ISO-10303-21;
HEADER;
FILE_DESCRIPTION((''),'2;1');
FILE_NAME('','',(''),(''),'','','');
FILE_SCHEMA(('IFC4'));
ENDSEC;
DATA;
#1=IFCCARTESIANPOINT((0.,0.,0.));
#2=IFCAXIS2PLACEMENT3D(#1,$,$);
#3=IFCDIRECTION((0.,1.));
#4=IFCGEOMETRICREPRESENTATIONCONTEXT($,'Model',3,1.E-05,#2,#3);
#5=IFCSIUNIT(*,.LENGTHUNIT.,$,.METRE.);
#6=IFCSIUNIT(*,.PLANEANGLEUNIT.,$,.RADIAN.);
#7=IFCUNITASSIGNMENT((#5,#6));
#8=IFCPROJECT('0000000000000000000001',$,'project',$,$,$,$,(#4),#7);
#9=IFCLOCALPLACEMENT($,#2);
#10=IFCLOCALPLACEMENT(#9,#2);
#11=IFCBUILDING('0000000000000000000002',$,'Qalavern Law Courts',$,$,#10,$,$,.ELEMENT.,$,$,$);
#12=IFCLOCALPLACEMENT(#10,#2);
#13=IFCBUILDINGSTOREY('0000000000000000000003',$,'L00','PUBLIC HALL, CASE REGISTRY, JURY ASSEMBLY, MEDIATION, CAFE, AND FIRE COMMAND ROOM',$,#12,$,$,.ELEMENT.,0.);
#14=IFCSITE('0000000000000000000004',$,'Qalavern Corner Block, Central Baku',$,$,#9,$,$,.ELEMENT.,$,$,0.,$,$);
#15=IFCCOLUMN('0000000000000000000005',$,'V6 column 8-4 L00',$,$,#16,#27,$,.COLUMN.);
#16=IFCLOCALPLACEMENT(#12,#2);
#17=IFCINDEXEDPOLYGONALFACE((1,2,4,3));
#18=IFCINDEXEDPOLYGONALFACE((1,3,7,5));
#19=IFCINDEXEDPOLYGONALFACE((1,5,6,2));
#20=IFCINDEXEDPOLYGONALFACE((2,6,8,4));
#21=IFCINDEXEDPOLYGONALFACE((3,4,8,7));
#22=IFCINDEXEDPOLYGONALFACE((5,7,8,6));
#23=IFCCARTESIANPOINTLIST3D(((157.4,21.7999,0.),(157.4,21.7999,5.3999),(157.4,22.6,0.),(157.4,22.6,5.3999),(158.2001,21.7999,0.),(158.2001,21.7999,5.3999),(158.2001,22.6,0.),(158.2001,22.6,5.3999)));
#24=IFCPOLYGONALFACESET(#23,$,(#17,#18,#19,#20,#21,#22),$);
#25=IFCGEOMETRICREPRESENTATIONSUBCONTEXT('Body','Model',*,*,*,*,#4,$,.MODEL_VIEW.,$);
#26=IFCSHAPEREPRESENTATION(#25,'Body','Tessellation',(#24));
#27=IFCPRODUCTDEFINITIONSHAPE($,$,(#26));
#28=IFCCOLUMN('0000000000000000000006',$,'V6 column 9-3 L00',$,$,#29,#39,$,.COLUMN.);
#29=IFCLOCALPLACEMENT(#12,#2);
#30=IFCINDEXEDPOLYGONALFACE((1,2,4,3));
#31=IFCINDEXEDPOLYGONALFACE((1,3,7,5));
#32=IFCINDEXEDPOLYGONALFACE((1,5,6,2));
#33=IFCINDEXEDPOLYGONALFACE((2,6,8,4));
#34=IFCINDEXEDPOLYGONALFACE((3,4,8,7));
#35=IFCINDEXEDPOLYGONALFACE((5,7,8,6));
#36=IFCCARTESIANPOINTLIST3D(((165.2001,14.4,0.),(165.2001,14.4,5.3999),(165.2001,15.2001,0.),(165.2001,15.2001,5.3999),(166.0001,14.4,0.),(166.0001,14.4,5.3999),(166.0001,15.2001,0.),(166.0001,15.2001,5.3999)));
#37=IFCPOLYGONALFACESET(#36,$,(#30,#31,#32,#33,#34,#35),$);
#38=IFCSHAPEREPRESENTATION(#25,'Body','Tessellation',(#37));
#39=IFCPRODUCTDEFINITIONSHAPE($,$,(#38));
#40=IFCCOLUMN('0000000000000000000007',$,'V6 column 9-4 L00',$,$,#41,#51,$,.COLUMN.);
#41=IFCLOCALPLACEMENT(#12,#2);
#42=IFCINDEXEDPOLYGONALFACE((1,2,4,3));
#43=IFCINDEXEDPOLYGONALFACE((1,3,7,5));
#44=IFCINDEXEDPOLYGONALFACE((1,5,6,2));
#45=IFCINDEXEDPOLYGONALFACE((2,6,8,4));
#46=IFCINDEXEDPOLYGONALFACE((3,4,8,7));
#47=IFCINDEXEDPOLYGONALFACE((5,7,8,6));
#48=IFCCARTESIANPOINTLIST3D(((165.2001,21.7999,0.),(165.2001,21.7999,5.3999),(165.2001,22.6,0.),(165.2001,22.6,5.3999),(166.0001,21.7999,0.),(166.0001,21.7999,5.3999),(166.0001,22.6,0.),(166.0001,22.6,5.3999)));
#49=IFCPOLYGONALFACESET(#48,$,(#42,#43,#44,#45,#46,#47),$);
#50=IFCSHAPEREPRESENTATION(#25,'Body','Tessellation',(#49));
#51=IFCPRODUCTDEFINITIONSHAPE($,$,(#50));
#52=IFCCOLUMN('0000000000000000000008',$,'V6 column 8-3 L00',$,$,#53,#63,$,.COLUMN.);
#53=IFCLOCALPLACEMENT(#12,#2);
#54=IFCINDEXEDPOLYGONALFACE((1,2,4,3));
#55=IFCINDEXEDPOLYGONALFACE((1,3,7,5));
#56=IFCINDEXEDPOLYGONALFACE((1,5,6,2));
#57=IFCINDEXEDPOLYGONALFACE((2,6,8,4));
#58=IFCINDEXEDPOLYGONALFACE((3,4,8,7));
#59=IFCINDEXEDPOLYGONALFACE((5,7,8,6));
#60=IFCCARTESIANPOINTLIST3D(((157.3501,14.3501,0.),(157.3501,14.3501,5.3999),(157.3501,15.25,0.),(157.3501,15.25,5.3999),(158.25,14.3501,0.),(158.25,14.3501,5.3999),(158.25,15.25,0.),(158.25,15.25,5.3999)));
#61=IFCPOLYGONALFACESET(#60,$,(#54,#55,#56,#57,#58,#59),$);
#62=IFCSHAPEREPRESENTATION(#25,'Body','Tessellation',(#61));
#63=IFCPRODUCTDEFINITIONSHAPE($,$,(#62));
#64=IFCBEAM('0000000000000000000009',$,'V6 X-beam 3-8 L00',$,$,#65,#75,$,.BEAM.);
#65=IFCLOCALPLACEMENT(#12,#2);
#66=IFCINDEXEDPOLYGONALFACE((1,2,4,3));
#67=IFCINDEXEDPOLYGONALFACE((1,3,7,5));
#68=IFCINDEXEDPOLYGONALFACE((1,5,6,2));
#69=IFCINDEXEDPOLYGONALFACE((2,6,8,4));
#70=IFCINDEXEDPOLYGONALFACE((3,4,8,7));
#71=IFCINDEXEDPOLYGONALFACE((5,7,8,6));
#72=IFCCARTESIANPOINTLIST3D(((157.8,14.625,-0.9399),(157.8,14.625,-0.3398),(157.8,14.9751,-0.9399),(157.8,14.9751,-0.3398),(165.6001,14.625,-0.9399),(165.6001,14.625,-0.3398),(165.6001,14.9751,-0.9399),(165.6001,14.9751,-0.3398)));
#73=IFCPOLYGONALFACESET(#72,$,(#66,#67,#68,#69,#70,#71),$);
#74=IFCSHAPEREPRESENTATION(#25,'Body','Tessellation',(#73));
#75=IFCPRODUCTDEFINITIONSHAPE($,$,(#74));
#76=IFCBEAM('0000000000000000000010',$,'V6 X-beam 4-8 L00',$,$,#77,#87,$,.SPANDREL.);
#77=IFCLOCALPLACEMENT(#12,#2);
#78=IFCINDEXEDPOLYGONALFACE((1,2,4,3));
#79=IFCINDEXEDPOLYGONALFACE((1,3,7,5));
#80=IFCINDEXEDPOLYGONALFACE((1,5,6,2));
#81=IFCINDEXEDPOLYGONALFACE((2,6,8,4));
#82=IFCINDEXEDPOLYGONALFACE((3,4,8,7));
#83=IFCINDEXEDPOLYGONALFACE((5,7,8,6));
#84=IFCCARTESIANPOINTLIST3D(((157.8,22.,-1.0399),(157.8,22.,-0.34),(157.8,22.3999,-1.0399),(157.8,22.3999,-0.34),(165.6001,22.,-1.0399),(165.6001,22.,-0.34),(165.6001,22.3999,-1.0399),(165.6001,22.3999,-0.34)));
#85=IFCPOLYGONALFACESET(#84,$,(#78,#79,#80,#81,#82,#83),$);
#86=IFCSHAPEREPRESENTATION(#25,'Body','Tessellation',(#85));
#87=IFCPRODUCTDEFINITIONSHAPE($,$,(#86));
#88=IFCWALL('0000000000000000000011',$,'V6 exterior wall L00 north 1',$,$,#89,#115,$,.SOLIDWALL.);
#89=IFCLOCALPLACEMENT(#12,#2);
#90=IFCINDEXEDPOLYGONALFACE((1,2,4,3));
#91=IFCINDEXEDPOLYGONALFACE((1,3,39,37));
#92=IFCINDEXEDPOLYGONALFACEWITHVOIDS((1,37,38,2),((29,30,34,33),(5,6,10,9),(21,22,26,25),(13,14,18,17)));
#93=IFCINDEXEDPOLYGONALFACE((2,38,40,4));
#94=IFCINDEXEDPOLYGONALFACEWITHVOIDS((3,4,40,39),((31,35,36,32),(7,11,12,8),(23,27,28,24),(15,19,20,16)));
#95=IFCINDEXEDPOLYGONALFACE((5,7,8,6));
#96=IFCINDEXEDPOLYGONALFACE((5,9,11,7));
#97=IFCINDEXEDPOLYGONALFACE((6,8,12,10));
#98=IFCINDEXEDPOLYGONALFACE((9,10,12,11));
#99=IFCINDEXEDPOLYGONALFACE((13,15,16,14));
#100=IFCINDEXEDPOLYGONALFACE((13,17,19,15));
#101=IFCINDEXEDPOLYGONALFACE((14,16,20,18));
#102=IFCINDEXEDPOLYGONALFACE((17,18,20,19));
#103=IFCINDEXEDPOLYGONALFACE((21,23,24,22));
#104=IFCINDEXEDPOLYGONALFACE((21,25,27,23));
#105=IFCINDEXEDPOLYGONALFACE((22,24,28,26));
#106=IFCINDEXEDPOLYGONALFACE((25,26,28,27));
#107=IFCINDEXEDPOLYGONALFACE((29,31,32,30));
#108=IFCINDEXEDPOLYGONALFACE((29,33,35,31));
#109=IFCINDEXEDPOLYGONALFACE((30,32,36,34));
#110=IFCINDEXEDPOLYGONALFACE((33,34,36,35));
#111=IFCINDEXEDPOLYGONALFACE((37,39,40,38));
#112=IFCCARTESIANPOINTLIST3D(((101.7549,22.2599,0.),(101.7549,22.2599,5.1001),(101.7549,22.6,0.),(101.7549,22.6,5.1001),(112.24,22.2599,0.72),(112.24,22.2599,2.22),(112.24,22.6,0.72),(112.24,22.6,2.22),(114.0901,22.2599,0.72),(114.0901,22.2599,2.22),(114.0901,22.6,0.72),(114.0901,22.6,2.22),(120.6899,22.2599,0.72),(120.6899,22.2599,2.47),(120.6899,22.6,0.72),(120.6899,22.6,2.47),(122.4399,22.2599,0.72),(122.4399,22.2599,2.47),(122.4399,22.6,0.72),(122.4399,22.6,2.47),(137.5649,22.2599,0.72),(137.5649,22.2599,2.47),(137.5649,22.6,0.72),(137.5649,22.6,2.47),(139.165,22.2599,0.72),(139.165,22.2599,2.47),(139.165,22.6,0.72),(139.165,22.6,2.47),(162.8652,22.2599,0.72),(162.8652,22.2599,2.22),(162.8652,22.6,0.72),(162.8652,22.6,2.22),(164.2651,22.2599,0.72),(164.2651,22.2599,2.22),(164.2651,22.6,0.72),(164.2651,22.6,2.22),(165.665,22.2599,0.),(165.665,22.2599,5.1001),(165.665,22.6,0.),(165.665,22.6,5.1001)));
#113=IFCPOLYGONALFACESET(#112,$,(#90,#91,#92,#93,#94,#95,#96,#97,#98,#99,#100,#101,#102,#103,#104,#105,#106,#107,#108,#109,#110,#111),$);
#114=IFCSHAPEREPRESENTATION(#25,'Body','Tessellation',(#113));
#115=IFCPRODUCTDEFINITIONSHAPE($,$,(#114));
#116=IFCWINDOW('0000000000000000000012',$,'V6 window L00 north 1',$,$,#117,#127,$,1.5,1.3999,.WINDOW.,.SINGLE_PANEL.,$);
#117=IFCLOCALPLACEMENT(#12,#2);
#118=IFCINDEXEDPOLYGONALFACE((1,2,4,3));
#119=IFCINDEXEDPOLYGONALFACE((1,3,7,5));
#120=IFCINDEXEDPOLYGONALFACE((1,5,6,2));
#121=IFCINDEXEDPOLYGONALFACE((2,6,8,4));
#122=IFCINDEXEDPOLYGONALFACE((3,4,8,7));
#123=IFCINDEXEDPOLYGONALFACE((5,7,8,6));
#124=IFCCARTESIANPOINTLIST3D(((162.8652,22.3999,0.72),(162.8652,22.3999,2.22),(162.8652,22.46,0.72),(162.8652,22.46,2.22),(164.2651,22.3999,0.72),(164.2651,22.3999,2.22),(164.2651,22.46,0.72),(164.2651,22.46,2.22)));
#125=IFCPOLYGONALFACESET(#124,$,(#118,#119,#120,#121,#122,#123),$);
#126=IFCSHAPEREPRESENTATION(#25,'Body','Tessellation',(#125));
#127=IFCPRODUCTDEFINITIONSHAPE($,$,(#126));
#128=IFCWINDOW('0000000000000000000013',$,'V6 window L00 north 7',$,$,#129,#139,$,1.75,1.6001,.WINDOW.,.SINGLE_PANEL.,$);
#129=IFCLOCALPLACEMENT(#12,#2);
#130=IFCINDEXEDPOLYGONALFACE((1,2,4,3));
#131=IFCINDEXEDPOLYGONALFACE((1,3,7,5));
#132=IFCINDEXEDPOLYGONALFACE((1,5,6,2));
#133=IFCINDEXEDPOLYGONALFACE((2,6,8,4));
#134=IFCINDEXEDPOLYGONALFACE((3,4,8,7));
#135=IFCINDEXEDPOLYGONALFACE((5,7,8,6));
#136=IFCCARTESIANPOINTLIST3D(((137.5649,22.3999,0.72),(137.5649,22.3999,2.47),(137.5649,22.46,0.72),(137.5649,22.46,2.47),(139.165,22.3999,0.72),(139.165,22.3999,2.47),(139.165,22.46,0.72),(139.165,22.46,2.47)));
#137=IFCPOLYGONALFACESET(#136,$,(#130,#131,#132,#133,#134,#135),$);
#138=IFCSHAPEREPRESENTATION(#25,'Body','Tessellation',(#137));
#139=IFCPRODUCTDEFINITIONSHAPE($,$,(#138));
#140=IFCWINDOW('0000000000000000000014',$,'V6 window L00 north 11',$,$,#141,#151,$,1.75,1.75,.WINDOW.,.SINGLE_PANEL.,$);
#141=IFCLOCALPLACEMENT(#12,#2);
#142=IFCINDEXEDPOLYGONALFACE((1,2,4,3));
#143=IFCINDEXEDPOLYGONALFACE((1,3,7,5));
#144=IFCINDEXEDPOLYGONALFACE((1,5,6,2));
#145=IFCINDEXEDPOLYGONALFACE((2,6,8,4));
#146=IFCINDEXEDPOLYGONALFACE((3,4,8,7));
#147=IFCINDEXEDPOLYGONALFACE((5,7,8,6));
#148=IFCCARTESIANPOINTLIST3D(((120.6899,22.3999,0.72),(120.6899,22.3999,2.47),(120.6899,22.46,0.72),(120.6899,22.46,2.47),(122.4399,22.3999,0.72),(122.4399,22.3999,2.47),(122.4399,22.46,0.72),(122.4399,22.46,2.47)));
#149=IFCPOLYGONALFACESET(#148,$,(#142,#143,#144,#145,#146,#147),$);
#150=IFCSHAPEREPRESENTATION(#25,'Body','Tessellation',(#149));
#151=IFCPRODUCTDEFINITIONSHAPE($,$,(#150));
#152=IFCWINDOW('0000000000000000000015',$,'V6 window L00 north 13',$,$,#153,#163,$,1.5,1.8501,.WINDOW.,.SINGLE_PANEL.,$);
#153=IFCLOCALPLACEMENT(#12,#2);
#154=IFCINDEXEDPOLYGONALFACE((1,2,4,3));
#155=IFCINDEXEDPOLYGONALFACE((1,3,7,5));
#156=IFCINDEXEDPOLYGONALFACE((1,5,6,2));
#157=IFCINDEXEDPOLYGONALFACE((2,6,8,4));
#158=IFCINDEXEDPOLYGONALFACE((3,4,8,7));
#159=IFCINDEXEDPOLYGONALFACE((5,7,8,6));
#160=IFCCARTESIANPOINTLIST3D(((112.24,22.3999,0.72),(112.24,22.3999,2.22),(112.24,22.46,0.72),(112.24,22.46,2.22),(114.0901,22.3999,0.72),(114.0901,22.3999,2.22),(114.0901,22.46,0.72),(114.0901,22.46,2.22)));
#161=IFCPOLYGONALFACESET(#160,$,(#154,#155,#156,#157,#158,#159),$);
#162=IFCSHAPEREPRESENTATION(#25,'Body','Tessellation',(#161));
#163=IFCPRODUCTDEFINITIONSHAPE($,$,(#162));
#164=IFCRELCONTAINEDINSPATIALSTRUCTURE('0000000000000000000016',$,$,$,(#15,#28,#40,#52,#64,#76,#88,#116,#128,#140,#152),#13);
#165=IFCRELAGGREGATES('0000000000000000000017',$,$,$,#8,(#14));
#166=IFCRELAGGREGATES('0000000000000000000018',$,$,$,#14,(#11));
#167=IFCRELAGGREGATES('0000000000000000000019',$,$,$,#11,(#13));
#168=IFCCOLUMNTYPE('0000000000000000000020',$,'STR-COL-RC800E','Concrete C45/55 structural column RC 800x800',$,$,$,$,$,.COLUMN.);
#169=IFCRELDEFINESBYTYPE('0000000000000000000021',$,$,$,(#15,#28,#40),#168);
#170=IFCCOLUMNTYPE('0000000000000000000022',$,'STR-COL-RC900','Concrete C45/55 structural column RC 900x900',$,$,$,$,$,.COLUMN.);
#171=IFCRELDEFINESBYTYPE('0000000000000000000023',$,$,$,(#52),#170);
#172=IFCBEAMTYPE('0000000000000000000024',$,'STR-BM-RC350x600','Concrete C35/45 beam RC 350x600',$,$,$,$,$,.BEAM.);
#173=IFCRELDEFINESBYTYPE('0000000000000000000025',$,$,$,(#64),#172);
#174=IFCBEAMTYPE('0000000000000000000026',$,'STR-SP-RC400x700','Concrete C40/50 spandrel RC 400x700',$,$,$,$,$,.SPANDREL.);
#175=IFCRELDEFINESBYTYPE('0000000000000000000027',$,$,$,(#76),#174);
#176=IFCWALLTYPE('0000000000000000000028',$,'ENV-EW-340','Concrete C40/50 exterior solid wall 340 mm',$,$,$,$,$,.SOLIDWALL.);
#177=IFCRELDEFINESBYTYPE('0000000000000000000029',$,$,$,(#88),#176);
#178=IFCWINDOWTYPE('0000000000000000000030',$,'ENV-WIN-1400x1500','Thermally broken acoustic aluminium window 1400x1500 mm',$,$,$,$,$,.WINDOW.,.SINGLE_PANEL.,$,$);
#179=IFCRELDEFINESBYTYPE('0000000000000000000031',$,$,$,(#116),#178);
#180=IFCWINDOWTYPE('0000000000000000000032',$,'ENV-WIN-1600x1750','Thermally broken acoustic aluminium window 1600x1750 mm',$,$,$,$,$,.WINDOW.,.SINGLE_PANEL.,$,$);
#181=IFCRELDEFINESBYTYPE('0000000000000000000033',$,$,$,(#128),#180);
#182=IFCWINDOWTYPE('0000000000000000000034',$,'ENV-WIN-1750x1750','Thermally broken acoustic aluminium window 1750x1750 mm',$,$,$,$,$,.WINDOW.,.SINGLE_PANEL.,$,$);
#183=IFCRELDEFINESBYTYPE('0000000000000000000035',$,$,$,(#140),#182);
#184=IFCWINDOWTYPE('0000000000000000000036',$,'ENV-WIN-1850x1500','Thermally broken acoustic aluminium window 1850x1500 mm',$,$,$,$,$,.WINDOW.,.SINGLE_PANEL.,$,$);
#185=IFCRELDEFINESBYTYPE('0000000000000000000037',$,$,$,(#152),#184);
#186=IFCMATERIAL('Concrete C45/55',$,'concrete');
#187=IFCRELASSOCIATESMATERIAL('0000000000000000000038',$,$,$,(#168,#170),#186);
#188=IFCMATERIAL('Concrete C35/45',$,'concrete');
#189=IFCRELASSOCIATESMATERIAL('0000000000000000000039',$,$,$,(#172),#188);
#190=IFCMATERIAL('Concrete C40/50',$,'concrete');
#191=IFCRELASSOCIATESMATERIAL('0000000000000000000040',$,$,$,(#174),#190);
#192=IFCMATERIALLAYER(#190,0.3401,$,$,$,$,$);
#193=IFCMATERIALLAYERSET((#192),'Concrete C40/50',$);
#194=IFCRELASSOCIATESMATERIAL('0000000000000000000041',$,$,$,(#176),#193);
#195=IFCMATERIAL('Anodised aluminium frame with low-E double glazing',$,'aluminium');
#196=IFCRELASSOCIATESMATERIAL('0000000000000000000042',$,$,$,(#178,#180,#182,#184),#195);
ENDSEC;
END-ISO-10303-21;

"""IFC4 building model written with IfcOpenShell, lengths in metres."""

from ifc_helpers import new_model, si_unit, direction, frame, frame_2d, origin, origin_2d, place, context, subcontext, project, spatial, rectangle, extrude, material, layer, layer_set, material_profile, profile_set, type_object, element, fill, save


model = new_model("IFC4")

# Units and contexts
model_context = context("Model", 3, precision=1e-05, world=origin(), true_north=direction((0.0, 1.0)))
body_context = subcontext(model_context, "Body", "Model", "MODEL_VIEW")
ifc_project = project(units=[si_unit("LENGTHUNIT", "METRE"), si_unit("PLANEANGLEUNIT", "RADIAN")], contexts=[model_context])

# Site, building, storey
site_placement = place(None, origin())
site = spatial("IfcSite", under=ifc_project, at=site_placement, Name="Qalavern Corner Block, Central Baku", CompositionType="ELEMENT", RefElevation=0.0)
building_placement = place(site_placement, origin())
building = spatial("IfcBuilding", under=site, at=building_placement, Name="Qalavern Law Courts", CompositionType="ELEMENT")
storey_placement = place(building_placement, origin())
storey = spatial("IfcBuildingStorey", under=building, at=storey_placement, Name="L00", Description="PUBLIC HALL, CASE REGISTRY, JURY ASSEMBLY, MEDIATION, CAFE, AND FIRE COMMAND ROOM", CompositionType="ELEMENT", Elevation=0.0)

# Columns
ifc_material_1 = material(Name="Concrete C45/55", Category="concrete")
ifc_material_profile_1 = material_profile(ifc_material_1, rectangle(XDim=0.8, YDim=0.8, at=origin_2d()), Name="RC 800x800")
ifc_profile_set_1 = profile_set([ifc_material_profile_1], Name="Concrete C45/55")
column_type_1 = type_object("IfcColumnType", Name="STR-COL-RC800E", Description="Concrete C45/55 structural column RC 800x800", PredefinedType="COLUMN", material=ifc_profile_set_1)
for number, where, z_axis, x_axis, name in (
    (1, (157.8, 22.2, 0.0), (0.0, 0.0, 1.0), (1.0, 0.0, 0.0), "V6 column 8-4 L00"),
    (2, (165.6001, 14.8, 0.0), (0.0, 0.0, 1.0), (1.0, 0.0, 0.0), "V6 column 9-3 L00"),
    (3, (165.6001, 22.2, 0.0), (0.0, 0.0, 1.0), (1.0, 0.0, 0.0), "V6 column 9-4 L00"),
):
    element("IfcColumn", number, at=place(storey_placement, frame(where, z_axis=z_axis, x_axis=x_axis)), inside=storey, type_object=column_type_1, Name=name, PredefinedType="COLUMN", context=body_context, shape_type="SweptSolid", body=[
        extrude(rectangle(XDim=0.8, YDim=0.8, at=origin_2d()), origin(), (0.0, 0.0, 1.0), 5.3999),
    ])
ifc_material_profile_2 = material_profile(ifc_material_1, rectangle(XDim=0.8999, YDim=0.8999, at=origin_2d()), Name="RC 900x900")
ifc_profile_set_2 = profile_set([ifc_material_profile_2], Name="Concrete C45/55")
column_type_2 = type_object("IfcColumnType", Name="STR-COL-RC900", Description="Concrete C45/55 structural column RC 900x900", PredefinedType="COLUMN", material=ifc_profile_set_2)
column_placement = place(storey_placement, frame((157.8, 14.8, 0.0), z_axis=(0.0, 0.0, 1.0), x_axis=(1.0, 0.0, 0.0)))
element("IfcColumn", 4, at=column_placement, inside=storey, type_object=column_type_2, Name="V6 column 8-3 L00", PredefinedType="COLUMN", context=body_context, shape_type="SweptSolid", body=[
    extrude(rectangle(XDim=0.8999, YDim=0.8999, at=origin_2d()), origin(), (0.0, 0.0, 1.0), 5.3999),
])

# Beams
ifc_material_2 = material(Name="Concrete C35/45", Category="concrete")
ifc_material_profile_3 = material_profile(ifc_material_2, rectangle(XDim=0.3501, YDim=0.6001, at=origin_2d()), Name="RC 350x600")
ifc_profile_set_3 = profile_set([ifc_material_profile_3], Name="Concrete C35/45")
beam_type_1 = type_object("IfcBeamType", Name="STR-BM-RC350x600", Description="Concrete C35/45 beam RC 350x600", PredefinedType="BEAM", material=ifc_profile_set_3)
beam_1_placement = place(storey_placement, frame((157.8, 14.8, -0.6399), z_axis=(1.0, 0.0, 0.0), x_axis=(0.0, 1.0, 0.0)))
element("IfcBeam", 5, at=beam_1_placement, inside=storey, type_object=beam_type_1, Name="V6 X-beam 3-8 L00", PredefinedType="BEAM", context=body_context, shape_type="SweptSolid", body=[
    extrude(rectangle(XDim=0.3501, YDim=0.6001, at=origin_2d()), origin(), (0.0, 0.0, 1.0), 7.8),
])
ifc_material_3 = material(Name="Concrete C40/50", Category="concrete")
ifc_material_profile_4 = material_profile(ifc_material_3, rectangle(XDim=0.3999, YDim=0.7, at=origin_2d()), Name="RC 400x700")
ifc_profile_set_4 = profile_set([ifc_material_profile_4], Name="Concrete C40/50")
beam_type_2 = type_object("IfcBeamType", Name="STR-SP-RC400x700", Description="Concrete C40/50 spandrel RC 400x700", PredefinedType="SPANDREL", material=ifc_profile_set_4)
beam_2_placement = place(storey_placement, frame((157.8, 22.2, -0.6899), z_axis=(1.0, 0.0, 0.0), x_axis=(0.0, 1.0, 0.0)))
element("IfcBeam", 6, at=beam_2_placement, inside=storey, type_object=beam_type_2, Name="V6 X-beam 4-8 L00", PredefinedType="SPANDREL", context=body_context, shape_type="SweptSolid", body=[
    extrude(rectangle(XDim=0.3999, YDim=0.7, at=origin_2d()), origin(), (0.0, 0.0, 1.0), 7.8),
])

# Wall, openings, windows
ifc_layer_1 = layer(ifc_material_3, 0.3401)
ifc_layer_set_1 = layer_set([ifc_layer_1], Name="Concrete C40/50")
wall_type_1 = type_object("IfcWallType", Name="ENV-EW-340", Description="Concrete C40/50 exterior solid wall 340 mm", PredefinedType="SOLIDWALL", material=ifc_layer_set_1)
wall_1_placement = place(storey_placement, frame((165.665, 22.4299, 0.0), z_axis=(0.0, 0.0, 1.0), x_axis=(-1.0, 0.0, 0.0)))
wall_1 = element("IfcWall", 7, at=wall_1_placement, inside=storey, type_object=wall_type_1, Name="V6 exterior wall L00 north 1", PredefinedType="SOLIDWALL", context=body_context, shape_type="SweptSolid", body=[
    extrude(rectangle(XDim=63.9102, YDim=0.3401, at=frame_2d((31.9551, 0.0))), origin(), (0.0, 0.0, 1.0), 5.1001),
])
opening_1_placement = place(wall_1_placement, frame((1.3999, 0.0, 0.72)))
opening_1 = element("IfcOpeningElement", 8, at=opening_1_placement, cuts=wall_1, PredefinedType="OPENING", context=body_context, shape_type="SweptSolid", body=[
    extrude(rectangle(XDim=1.3999, YDim=1.5, at=frame_2d((0.7, 0.75))), frame((0.0, 0.1851, 0.0), z_axis=(0.0, -1.0, 0.0), x_axis=(1.0, 0.0, 0.0)), (0.0, 0.0, 1.0), 0.3699),
])
opening_2_placement = place(wall_1_placement, frame((26.5, 0.0, 0.72)))
opening_2 = element("IfcOpeningElement", 9, at=opening_2_placement, cuts=wall_1, PredefinedType="OPENING", context=body_context, shape_type="SweptSolid", body=[
    extrude(rectangle(XDim=1.6001, YDim=1.75, at=frame_2d((0.8, 0.875))), frame((0.0, 0.1851, 0.0), z_axis=(0.0, -1.0, 0.0), x_axis=(1.0, 0.0, 0.0)), (0.0, 0.0, 1.0), 0.3699),
])
opening_3_placement = place(wall_1_placement, frame((43.2251, 0.0, 0.72)))
opening_3 = element("IfcOpeningElement", 10, at=opening_3_placement, cuts=wall_1, PredefinedType="OPENING", context=body_context, shape_type="SweptSolid", body=[
    extrude(rectangle(XDim=1.75, YDim=1.75, at=frame_2d((0.875, 0.875))), frame((0.0, 0.1851, 0.0), z_axis=(0.0, -1.0, 0.0), x_axis=(1.0, 0.0, 0.0)), (0.0, 0.0, 1.0), 0.3699),
])
opening_4_placement = place(wall_1_placement, frame((51.575, 0.0, 0.72)))
opening_4 = element("IfcOpeningElement", 11, at=opening_4_placement, cuts=wall_1, PredefinedType="OPENING", context=body_context, shape_type="SweptSolid", body=[
    extrude(rectangle(XDim=1.8501, YDim=1.5, at=frame_2d((0.925, 0.75))), frame((0.0, 0.1851, 0.0), z_axis=(0.0, -1.0, 0.0), x_axis=(1.0, 0.0, 0.0)), (0.0, 0.0, 1.0), 0.3699),
])
ifc_material_4 = material(Name="Anodised aluminium frame with low-E double glazing", Category="aluminium")
window_type_1 = type_object("IfcWindowType", Name="ENV-WIN-1400x1500", Description="Thermally broken acoustic aluminium window 1400x1500 mm", PartitioningType="SINGLE_PANEL", PredefinedType="WINDOW", material=ifc_material_4)
window_1_placement = place(opening_1_placement, origin())
window_1 = element("IfcWindow", 12, at=window_1_placement, inside=storey, type_object=window_type_1, Name="V6 window L00 north 1", OverallHeight=1.5, OverallWidth=1.3999, PartitioningType="SINGLE_PANEL", PredefinedType="WINDOW", context=body_context, shape_type="SweptSolid", body=[
    extrude(rectangle(XDim=1.3999, YDim=1.5, at=frame_2d((0.7, 0.75))), frame((0.0, 0.03, 0.0), z_axis=(0.0, -1.0, 0.0), x_axis=(1.0, 0.0, 0.0)), (0.0, 0.0, 1.0), 0.0601),
])
fill(opening_1, window_1)
window_type_2 = type_object("IfcWindowType", Name="ENV-WIN-1600x1750", Description="Thermally broken acoustic aluminium window 1600x1750 mm", PartitioningType="SINGLE_PANEL", PredefinedType="WINDOW", material=ifc_material_4)
window_2_placement = place(opening_2_placement, origin())
window_2 = element("IfcWindow", 13, at=window_2_placement, inside=storey, type_object=window_type_2, Name="V6 window L00 north 7", OverallHeight=1.75, OverallWidth=1.6001, PartitioningType="SINGLE_PANEL", PredefinedType="WINDOW", context=body_context, shape_type="SweptSolid", body=[
    extrude(rectangle(XDim=1.6001, YDim=1.75, at=frame_2d((0.8, 0.875))), frame((0.0, 0.03, 0.0), z_axis=(0.0, -1.0, 0.0), x_axis=(1.0, 0.0, 0.0)), (0.0, 0.0, 1.0), 0.0601),
])
fill(opening_2, window_2)
window_type_3 = type_object("IfcWindowType", Name="ENV-WIN-1750x1750", Description="Thermally broken acoustic aluminium window 1750x1750 mm", PartitioningType="SINGLE_PANEL", PredefinedType="WINDOW", material=ifc_material_4)
window_3_placement = place(opening_3_placement, origin())
window_3 = element("IfcWindow", 14, at=window_3_placement, inside=storey, type_object=window_type_3, Name="V6 window L00 north 11", OverallHeight=1.75, OverallWidth=1.75, PartitioningType="SINGLE_PANEL", PredefinedType="WINDOW", context=body_context, shape_type="SweptSolid", body=[
    extrude(rectangle(XDim=1.75, YDim=1.75, at=frame_2d((0.875, 0.875))), frame((0.0, 0.03, 0.0), z_axis=(0.0, -1.0, 0.0), x_axis=(1.0, 0.0, 0.0)), (0.0, 0.0, 1.0), 0.0601),
])
fill(opening_3, window_3)
window_type_4 = type_object("IfcWindowType", Name="ENV-WIN-1850x1500", Description="Thermally broken acoustic aluminium window 1850x1500 mm", PartitioningType="SINGLE_PANEL", PredefinedType="WINDOW", material=ifc_material_4)
window_4_placement = place(opening_4_placement, origin())
window_4 = element("IfcWindow", 15, at=window_4_placement, inside=storey, type_object=window_type_4, Name="V6 window L00 north 13", OverallHeight=1.5, OverallWidth=1.8501, PartitioningType="SINGLE_PANEL", PredefinedType="WINDOW", context=body_context, shape_type="SweptSolid", body=[
    extrude(rectangle(XDim=1.8501, YDim=1.5, at=frame_2d((0.925, 0.75))), frame((0.0, 0.03, 0.0), z_axis=(0.0, -1.0, 0.0), x_axis=(1.0, 0.0, 0.0)), (0.0, 0.0, 1.0), 0.0601),
])
fill(opening_4, window_4)

save(model, "model.ifc")
